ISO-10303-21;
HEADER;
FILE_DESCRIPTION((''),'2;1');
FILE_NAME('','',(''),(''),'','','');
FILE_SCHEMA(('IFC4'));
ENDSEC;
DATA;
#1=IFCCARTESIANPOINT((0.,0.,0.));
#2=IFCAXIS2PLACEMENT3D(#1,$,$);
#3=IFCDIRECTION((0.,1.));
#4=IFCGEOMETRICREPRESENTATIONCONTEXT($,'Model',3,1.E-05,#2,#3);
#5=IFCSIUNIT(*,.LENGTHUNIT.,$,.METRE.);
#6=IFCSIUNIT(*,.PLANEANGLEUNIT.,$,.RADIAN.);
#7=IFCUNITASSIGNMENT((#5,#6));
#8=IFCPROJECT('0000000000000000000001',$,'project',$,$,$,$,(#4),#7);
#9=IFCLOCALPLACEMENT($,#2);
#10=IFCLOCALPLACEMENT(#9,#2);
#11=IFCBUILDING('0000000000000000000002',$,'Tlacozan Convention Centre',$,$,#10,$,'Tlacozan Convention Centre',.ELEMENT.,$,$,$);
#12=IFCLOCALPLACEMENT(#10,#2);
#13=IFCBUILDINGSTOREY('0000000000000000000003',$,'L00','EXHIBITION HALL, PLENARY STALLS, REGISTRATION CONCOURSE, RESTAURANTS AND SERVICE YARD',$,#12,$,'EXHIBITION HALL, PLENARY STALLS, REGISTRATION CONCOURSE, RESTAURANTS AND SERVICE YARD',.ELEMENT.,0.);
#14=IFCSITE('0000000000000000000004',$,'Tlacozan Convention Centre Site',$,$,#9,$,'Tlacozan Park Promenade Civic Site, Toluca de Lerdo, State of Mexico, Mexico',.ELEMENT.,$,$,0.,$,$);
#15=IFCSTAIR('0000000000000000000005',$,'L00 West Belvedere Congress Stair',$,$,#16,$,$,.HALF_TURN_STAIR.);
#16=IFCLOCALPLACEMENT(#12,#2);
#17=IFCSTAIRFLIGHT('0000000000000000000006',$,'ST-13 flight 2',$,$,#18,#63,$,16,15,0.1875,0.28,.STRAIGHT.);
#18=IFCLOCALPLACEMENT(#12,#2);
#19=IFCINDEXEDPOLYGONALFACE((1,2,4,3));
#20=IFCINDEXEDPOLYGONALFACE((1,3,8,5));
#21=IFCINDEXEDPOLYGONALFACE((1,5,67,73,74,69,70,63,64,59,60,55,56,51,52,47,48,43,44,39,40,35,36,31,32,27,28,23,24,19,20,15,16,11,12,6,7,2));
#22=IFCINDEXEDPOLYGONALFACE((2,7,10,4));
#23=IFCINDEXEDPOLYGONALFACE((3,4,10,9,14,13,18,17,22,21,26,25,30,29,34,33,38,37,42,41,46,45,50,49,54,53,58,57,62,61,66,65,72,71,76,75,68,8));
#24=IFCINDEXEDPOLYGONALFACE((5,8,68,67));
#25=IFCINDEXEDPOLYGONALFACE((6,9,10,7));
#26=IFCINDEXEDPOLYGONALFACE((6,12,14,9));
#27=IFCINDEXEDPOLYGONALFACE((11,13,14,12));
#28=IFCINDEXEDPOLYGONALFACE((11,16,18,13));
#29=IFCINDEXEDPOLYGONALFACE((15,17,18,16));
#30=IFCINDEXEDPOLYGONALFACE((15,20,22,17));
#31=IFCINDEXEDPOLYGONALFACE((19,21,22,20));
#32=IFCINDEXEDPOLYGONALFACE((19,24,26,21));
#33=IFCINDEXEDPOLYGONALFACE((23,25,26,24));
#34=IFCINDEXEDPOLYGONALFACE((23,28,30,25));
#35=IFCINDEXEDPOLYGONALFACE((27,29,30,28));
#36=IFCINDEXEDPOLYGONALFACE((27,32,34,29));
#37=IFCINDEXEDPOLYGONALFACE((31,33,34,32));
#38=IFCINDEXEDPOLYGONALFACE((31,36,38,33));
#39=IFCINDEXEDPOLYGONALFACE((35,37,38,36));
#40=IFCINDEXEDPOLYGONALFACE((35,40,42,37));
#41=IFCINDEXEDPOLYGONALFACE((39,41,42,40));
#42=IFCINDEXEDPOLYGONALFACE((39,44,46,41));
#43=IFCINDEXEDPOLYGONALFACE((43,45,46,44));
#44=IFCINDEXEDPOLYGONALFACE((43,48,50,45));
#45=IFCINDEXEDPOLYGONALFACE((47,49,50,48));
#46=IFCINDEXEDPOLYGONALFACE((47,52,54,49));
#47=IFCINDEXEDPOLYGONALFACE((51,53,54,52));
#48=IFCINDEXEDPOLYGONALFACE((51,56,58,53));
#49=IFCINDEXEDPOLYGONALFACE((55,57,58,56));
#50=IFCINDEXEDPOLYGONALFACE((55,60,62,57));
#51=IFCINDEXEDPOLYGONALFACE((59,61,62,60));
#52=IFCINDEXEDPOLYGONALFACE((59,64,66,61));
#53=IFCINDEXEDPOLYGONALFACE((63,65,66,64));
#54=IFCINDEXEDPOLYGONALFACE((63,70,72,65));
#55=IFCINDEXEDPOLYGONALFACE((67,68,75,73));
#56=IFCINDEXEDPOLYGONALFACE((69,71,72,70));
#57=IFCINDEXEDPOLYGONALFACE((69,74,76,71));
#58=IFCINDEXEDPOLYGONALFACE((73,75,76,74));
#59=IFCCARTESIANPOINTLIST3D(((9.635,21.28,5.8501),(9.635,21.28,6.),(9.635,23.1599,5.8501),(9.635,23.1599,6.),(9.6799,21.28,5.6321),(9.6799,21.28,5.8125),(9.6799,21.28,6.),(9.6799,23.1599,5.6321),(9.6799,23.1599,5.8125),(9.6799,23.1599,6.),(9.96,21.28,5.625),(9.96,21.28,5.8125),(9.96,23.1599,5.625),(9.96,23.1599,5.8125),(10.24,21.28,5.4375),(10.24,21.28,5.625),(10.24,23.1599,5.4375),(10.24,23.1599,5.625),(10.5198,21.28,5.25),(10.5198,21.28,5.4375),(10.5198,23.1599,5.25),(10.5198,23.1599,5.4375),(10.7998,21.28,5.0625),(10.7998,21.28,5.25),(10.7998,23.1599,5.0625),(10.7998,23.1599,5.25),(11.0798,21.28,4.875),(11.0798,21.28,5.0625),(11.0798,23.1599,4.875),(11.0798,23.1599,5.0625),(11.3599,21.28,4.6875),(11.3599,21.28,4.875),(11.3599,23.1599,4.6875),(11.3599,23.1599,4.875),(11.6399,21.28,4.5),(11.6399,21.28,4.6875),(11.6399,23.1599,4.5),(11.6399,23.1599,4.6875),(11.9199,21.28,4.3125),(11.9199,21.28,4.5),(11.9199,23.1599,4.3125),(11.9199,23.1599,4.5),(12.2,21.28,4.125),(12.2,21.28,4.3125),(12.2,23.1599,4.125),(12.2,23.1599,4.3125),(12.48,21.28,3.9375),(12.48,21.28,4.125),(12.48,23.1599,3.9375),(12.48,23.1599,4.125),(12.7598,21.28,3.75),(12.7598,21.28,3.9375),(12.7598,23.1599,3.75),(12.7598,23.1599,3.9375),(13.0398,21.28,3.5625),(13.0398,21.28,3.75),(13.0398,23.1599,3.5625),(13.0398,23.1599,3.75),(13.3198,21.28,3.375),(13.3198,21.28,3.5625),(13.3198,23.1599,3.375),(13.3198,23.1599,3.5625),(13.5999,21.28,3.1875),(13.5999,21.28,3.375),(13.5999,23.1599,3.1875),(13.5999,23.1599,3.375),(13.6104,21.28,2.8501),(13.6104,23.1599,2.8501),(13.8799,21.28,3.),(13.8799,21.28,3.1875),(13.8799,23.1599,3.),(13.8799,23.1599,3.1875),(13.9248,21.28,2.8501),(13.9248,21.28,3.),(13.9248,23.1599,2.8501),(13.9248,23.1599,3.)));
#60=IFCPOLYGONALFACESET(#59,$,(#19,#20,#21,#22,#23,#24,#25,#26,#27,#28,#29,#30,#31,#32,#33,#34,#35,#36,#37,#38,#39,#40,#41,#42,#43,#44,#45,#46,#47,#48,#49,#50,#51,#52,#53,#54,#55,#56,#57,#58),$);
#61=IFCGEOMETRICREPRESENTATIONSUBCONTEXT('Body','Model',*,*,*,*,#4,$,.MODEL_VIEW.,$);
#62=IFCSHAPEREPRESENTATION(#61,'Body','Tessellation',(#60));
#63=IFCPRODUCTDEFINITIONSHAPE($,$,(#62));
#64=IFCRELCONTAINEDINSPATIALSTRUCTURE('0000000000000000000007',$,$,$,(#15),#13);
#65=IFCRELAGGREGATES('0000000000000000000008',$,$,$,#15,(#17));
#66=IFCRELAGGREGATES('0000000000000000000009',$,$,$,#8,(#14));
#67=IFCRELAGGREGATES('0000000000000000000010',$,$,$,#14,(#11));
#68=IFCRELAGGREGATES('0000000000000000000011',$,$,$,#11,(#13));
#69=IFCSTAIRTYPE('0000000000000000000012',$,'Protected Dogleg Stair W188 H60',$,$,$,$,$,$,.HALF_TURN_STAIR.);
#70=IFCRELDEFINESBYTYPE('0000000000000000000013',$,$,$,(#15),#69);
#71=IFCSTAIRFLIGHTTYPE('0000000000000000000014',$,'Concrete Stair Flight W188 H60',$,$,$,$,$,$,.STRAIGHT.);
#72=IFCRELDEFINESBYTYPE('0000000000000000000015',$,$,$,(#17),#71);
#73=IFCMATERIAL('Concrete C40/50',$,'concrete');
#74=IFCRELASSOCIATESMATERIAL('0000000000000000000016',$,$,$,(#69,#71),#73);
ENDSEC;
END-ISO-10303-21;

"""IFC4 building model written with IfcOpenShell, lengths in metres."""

from ifc_helpers import new_model, si_unit, direction, frame, origin, place, context, subcontext, project, spatial, polyline, outline, extrude, material, type_object, element, aggregate, save


model = new_model("IFC4")

# Units and contexts
model_context = context("Model", 3, precision=1e-05, world=origin(), true_north=direction((0.0, 1.0)))
body_context = subcontext(model_context, "Body", "Model", "MODEL_VIEW")
ifc_project = project(units=[si_unit("LENGTHUNIT", "METRE"), si_unit("PLANEANGLEUNIT", "RADIAN")], contexts=[model_context])

# Site, building, storey
site_placement = place(None, origin())
site = spatial("IfcSite", under=ifc_project, at=site_placement, Name="Tlacozan Convention Centre Site", LongName="Tlacozan Park Promenade Civic Site, Toluca de Lerdo, State of Mexico, Mexico", CompositionType="ELEMENT", RefElevation=0.0)
building_placement = place(site_placement, origin())
building = spatial("IfcBuilding", under=site, at=building_placement, Name="Tlacozan Convention Centre", LongName="Tlacozan Convention Centre", CompositionType="ELEMENT")
storey_placement = place(building_placement, origin())
storey = spatial("IfcBuildingStorey", under=building, at=storey_placement, Name="L00", Description="EXHIBITION HALL, PLENARY STALLS, REGISTRATION CONCOURSE, RESTAURANTS AND SERVICE YARD", LongName="EXHIBITION HALL, PLENARY STALLS, REGISTRATION CONCOURSE, RESTAURANTS AND SERVICE YARD", CompositionType="ELEMENT", Elevation=0.0)

# Shared definitions
ifc_material_1 = material(Name="Concrete C40/50", Category="concrete")

# Stair, stair flight
stair_type = type_object("IfcStairType", Name="Protected Dogleg Stair W188 H60", PredefinedType="HALF_TURN_STAIR", material=ifc_material_1)
stair_placement = place(storey_placement, origin())
stair = element("IfcStair", 1, at=stair_placement, inside=storey, type_object=stair_type, Name="L00 West Belvedere Congress Stair", PredefinedType="HALF_TURN_STAIR")
stair_flight_type = type_object("IfcStairFlightType", Name="Concrete Stair Flight W188 H60", PredefinedType="STRAIGHT", material=ifc_material_1)
stair_flight_1_placement = place(storey_placement, frame((13.8799, 22.22, 3.0), z_axis=(0.0, 0.0, 1.0), x_axis=(-1.0, 0.0, 0.0)))
stair_flight_1 = element("IfcStairFlight", 2, at=stair_flight_1_placement, type_object=stair_flight_type, Name="ST-13 flight 2", NumberOfRisers=16, NumberOfTreads=15, PredefinedType="STRAIGHT", RiserHeight=0.1875, TreadLength=0.28, context=body_context, shape_type="SweptSolid", body=[
    extrude(outline(polyline([(-0.0449, -0.1499), (-0.0449, 0.0), (0.0, 0.0), (0.0, 0.1875), (0.28, 0.1875), (0.28, 0.375), (0.5601, 0.375), (0.5601, 0.5625), (0.8401, 0.5625), (0.8401, 0.75), (1.1201, 0.75), (1.1201, 0.9375), (1.3999, 0.9375), (1.3999, 1.125), (1.6799, 1.125), (1.6799, 1.3125), (1.96, 1.3125), (1.96, 1.5), (2.24, 1.5), (2.24, 1.6875), (2.52, 1.6875), (2.52, 1.875), (2.8, 1.875), (2.8, 2.0625), (3.0801, 2.0625), (3.0801, 2.25), (3.3601, 2.25), (3.3601, 2.4375), (3.6399, 2.4375), (3.6399, 2.625), (3.9199, 2.625), (3.9199, 2.8125), (4.2, 2.8125), (4.2, 3.0), (4.2449, 3.0), (4.2449, 2.8501), (4.2, 2.6321), (0.2695, -0.1499), (-0.0449, -0.1499)])), frame((0.0, 0.9399, 0.0), z_axis=(0.0, -1.0, 0.0), x_axis=(1.0, 0.0, 0.0)), (0.0, 0.0, 1.0), 1.8799),
])
aggregate(stair, [stair_flight_1])

save(model, "model.ifc")
